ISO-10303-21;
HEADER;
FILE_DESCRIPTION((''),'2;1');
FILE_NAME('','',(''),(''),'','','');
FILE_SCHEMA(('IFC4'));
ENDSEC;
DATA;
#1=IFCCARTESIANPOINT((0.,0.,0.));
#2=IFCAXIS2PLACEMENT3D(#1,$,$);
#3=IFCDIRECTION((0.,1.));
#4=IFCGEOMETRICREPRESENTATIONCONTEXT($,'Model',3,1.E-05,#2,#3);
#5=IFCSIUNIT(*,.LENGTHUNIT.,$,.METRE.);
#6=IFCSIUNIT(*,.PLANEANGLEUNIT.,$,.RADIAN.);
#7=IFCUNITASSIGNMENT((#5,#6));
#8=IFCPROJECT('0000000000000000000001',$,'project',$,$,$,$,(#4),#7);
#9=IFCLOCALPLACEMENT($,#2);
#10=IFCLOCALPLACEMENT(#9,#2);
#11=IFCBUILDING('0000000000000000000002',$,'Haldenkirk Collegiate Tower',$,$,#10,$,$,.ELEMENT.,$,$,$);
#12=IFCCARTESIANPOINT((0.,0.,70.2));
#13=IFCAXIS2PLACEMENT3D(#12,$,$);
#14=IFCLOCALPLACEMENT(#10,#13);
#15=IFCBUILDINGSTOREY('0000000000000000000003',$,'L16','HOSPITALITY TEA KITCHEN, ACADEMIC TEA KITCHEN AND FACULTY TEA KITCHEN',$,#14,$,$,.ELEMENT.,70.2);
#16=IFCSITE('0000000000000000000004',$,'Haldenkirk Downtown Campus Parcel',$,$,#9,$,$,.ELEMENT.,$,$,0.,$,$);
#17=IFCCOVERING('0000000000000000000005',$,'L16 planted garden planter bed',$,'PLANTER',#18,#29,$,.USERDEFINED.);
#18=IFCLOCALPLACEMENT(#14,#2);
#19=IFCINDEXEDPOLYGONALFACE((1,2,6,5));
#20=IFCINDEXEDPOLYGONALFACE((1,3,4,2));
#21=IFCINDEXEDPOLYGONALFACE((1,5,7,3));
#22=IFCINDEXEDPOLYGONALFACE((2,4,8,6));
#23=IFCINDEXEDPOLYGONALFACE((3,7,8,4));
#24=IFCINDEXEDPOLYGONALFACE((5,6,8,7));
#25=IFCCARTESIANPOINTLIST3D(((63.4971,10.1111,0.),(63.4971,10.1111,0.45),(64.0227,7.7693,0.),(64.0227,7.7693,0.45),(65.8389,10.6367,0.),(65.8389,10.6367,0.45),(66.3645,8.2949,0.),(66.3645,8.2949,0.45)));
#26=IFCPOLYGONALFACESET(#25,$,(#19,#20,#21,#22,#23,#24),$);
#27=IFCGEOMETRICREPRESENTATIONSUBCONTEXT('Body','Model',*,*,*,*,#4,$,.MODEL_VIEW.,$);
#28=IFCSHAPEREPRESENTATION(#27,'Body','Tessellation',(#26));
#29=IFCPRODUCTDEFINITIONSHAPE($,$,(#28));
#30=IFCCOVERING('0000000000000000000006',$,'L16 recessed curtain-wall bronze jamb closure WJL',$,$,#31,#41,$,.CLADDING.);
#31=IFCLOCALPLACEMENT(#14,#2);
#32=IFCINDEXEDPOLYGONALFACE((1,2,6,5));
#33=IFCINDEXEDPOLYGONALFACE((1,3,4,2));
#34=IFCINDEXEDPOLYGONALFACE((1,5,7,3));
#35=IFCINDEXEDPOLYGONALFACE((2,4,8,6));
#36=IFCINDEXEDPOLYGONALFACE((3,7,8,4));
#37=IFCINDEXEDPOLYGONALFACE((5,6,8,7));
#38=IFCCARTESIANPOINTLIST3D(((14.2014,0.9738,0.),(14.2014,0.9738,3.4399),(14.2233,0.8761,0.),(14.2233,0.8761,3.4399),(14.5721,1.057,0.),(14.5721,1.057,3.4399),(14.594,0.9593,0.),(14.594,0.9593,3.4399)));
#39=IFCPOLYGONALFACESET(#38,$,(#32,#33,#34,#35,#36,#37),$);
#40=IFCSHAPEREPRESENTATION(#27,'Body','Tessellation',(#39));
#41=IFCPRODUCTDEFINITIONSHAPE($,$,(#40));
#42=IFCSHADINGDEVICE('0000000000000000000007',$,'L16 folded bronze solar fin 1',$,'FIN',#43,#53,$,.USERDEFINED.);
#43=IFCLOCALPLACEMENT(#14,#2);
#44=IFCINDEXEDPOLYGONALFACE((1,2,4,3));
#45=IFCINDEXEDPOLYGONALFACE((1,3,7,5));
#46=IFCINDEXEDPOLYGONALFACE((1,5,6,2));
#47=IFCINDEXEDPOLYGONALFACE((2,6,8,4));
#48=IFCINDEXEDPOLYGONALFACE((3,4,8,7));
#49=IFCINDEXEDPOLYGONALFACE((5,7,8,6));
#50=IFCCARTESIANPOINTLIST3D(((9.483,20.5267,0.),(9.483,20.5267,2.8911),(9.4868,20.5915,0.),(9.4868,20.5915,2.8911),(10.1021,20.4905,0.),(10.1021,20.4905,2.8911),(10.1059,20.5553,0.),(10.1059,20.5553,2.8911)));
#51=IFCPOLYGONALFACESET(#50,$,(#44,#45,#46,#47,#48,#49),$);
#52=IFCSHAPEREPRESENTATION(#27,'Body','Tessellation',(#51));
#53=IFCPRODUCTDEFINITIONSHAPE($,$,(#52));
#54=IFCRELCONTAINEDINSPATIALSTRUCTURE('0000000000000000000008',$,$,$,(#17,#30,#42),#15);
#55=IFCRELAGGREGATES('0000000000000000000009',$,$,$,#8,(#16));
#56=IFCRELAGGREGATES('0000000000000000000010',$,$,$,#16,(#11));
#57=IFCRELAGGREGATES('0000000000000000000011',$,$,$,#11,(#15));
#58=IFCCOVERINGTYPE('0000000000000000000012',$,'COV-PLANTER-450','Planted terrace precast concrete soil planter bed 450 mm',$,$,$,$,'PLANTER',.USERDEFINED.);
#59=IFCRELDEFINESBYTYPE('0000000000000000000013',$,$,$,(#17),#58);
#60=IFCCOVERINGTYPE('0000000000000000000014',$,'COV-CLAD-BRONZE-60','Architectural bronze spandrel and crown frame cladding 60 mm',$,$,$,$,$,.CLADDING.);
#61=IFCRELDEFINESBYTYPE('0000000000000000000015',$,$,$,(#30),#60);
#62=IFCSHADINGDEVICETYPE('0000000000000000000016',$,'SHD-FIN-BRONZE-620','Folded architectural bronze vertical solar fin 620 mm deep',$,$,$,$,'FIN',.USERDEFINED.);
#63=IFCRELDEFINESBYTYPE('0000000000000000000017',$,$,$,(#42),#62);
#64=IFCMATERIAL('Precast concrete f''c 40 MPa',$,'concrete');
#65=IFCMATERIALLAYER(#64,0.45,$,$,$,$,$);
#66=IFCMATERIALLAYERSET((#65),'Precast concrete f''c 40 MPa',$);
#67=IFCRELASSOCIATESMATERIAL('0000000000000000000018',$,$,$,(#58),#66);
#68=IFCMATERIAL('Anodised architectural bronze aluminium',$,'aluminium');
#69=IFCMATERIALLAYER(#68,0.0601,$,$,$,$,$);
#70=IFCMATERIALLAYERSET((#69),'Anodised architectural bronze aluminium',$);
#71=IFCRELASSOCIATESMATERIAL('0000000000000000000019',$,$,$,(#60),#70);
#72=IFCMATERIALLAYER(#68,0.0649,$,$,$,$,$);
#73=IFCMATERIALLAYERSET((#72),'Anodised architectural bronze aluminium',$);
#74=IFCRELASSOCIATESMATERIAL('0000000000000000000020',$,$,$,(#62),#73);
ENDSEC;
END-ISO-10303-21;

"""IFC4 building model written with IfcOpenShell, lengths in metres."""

from ifc_helpers import new_model, si_unit, direction, frame, origin, origin_2d, place, context, subcontext, project, spatial, polyline, rectangle, outline, extrude, source, transform, mapped, material, layer, layer_set, type_object, element, save


model = new_model("IFC4")

# Units and contexts
model_context = context("Model", 3, precision=1e-05, world=origin(), true_north=direction((0.0, 1.0)))
body_context = subcontext(model_context, "Body", "Model", "MODEL_VIEW")
ifc_project = project(units=[si_unit("LENGTHUNIT", "METRE"), si_unit("PLANEANGLEUNIT", "RADIAN")], contexts=[model_context])

# Site, building, storey
site_placement = place(None, origin())
site = spatial("IfcSite", under=ifc_project, at=site_placement, Name="Haldenkirk Downtown Campus Parcel", CompositionType="ELEMENT", RefElevation=0.0)
building_placement = place(site_placement, origin())
building = spatial("IfcBuilding", under=site, at=building_placement, Name="Haldenkirk Collegiate Tower", CompositionType="ELEMENT")
storey_placement = place(building_placement, frame((0.0, 0.0, 70.2)))
storey = spatial("IfcBuildingStorey", under=building, at=storey_placement, Name="L16", Description="HOSPITALITY TEA KITCHEN, ACADEMIC TEA KITCHEN AND FACULTY TEA KITCHEN", CompositionType="ELEMENT", Elevation=70.2)

# Shared definitions
ifc_material_1 = material(Name="Anodised architectural bronze aluminium", Category="aluminium")

# Coverings
ifc_material_2 = material(Name="Precast concrete f'c 40 MPa", Category="concrete")
ifc_layer_1 = layer(ifc_material_2, 0.45)
ifc_layer_set_1 = layer_set([ifc_layer_1], Name="Precast concrete f'c 40 MPa")
covering_type_1 = type_object("IfcCoveringType", Name="COV-PLANTER-450", Description="Planted terrace precast concrete soil planter bed 450 mm", ElementType="PLANTER", PredefinedType="USERDEFINED", material=ifc_layer_set_1)
covering_1_placement = place(storey_placement, origin())
element("IfcCovering", 1, at=covering_1_placement, inside=storey, type_object=covering_type_1, Name="L16 planted garden planter bed", ObjectType="PLANTER", PredefinedType="USERDEFINED", context=body_context, shape_type="SweptSolid", body=[
    extrude(outline(polyline([(64.0227, 7.7693), (63.4971, 10.1111), (65.8389, 10.6367), (66.3645, 8.2949), (64.0227, 7.7693)])), origin(), (0.0, 0.0, 1.0), 0.45),
])
ifc_layer_2 = layer(ifc_material_1, 0.0601)
ifc_layer_set_2 = layer_set([ifc_layer_2], Name="Anodised architectural bronze aluminium")
covering_type_2 = type_object("IfcCoveringType", Name="COV-CLAD-BRONZE-60", Description="Architectural bronze spandrel and crown frame cladding 60 mm", PredefinedType="CLADDING", material=ifc_layer_set_2)
shared_shape_1 = source(origin(), body_context, "Body", "SweptSolid", [
    extrude(rectangle(XDim=0.1001, YDim=0.3799, at=origin_2d()), origin(), (0.0, 0.0, 1.0), 3.4399),
])
covering_2_placement = place(storey_placement, frame((14.3977, 0.9666, 0.0), z_axis=(0.0, 0.0, 1.0), x_axis=(-0.218995, 0.975726, 0.0)))
element("IfcCovering", 2, at=covering_2_placement, inside=storey, type_object=covering_type_2, Name="L16 recessed curtain-wall bronze jamb closure WJL", PredefinedType="CLADDING", context=body_context, shape_type="MappedRepresentation", body=[
    mapped(shared_shape_1, transform((0.0, 0.0, 0.0), x_axis=(1.0, 0.0, 0.0), y_axis=(0.0, 1.0, 0.0), z_axis=(0.0, 0.0, 1.0), scale=1.0)),
])

# Shading device
ifc_layer_3 = layer(ifc_material_1, 0.0649)
ifc_layer_set_3 = layer_set([ifc_layer_3], Name="Anodised architectural bronze aluminium")
shading_device_type = type_object("IfcShadingDeviceType", Name="SHD-FIN-BRONZE-620", Description="Folded architectural bronze vertical solar fin 620 mm deep", ElementType="FIN", PredefinedType="USERDEFINED", material=ifc_layer_set_3)
shared_shape_2 = source(origin(), body_context, "Body", "SweptSolid", [
    extrude(rectangle(XDim=0.6201, YDim=0.0649, at=origin_2d()), origin(), (0.0, 0.0, 1.0), 2.8911),
])
shading_device_placement = place(storey_placement, frame((9.7944, 20.541, 0.0), z_axis=(0.0, 0.0, 1.0), x_axis=(-0.998291, 0.058435, 0.0)))
element("IfcShadingDevice", 3, at=shading_device_placement, inside=storey, type_object=shading_device_type, Name="L16 folded bronze solar fin 1", ObjectType="FIN", PredefinedType="USERDEFINED", context=body_context, shape_type="MappedRepresentation", body=[
    mapped(shared_shape_2, transform((0.0, 0.0, 0.0), x_axis=(1.0, 0.0, 0.0), y_axis=(0.0, 1.0, 0.0), z_axis=(0.0, 0.0, 1.0), scale=1.0)),
])

save(model, "model.ifc")
